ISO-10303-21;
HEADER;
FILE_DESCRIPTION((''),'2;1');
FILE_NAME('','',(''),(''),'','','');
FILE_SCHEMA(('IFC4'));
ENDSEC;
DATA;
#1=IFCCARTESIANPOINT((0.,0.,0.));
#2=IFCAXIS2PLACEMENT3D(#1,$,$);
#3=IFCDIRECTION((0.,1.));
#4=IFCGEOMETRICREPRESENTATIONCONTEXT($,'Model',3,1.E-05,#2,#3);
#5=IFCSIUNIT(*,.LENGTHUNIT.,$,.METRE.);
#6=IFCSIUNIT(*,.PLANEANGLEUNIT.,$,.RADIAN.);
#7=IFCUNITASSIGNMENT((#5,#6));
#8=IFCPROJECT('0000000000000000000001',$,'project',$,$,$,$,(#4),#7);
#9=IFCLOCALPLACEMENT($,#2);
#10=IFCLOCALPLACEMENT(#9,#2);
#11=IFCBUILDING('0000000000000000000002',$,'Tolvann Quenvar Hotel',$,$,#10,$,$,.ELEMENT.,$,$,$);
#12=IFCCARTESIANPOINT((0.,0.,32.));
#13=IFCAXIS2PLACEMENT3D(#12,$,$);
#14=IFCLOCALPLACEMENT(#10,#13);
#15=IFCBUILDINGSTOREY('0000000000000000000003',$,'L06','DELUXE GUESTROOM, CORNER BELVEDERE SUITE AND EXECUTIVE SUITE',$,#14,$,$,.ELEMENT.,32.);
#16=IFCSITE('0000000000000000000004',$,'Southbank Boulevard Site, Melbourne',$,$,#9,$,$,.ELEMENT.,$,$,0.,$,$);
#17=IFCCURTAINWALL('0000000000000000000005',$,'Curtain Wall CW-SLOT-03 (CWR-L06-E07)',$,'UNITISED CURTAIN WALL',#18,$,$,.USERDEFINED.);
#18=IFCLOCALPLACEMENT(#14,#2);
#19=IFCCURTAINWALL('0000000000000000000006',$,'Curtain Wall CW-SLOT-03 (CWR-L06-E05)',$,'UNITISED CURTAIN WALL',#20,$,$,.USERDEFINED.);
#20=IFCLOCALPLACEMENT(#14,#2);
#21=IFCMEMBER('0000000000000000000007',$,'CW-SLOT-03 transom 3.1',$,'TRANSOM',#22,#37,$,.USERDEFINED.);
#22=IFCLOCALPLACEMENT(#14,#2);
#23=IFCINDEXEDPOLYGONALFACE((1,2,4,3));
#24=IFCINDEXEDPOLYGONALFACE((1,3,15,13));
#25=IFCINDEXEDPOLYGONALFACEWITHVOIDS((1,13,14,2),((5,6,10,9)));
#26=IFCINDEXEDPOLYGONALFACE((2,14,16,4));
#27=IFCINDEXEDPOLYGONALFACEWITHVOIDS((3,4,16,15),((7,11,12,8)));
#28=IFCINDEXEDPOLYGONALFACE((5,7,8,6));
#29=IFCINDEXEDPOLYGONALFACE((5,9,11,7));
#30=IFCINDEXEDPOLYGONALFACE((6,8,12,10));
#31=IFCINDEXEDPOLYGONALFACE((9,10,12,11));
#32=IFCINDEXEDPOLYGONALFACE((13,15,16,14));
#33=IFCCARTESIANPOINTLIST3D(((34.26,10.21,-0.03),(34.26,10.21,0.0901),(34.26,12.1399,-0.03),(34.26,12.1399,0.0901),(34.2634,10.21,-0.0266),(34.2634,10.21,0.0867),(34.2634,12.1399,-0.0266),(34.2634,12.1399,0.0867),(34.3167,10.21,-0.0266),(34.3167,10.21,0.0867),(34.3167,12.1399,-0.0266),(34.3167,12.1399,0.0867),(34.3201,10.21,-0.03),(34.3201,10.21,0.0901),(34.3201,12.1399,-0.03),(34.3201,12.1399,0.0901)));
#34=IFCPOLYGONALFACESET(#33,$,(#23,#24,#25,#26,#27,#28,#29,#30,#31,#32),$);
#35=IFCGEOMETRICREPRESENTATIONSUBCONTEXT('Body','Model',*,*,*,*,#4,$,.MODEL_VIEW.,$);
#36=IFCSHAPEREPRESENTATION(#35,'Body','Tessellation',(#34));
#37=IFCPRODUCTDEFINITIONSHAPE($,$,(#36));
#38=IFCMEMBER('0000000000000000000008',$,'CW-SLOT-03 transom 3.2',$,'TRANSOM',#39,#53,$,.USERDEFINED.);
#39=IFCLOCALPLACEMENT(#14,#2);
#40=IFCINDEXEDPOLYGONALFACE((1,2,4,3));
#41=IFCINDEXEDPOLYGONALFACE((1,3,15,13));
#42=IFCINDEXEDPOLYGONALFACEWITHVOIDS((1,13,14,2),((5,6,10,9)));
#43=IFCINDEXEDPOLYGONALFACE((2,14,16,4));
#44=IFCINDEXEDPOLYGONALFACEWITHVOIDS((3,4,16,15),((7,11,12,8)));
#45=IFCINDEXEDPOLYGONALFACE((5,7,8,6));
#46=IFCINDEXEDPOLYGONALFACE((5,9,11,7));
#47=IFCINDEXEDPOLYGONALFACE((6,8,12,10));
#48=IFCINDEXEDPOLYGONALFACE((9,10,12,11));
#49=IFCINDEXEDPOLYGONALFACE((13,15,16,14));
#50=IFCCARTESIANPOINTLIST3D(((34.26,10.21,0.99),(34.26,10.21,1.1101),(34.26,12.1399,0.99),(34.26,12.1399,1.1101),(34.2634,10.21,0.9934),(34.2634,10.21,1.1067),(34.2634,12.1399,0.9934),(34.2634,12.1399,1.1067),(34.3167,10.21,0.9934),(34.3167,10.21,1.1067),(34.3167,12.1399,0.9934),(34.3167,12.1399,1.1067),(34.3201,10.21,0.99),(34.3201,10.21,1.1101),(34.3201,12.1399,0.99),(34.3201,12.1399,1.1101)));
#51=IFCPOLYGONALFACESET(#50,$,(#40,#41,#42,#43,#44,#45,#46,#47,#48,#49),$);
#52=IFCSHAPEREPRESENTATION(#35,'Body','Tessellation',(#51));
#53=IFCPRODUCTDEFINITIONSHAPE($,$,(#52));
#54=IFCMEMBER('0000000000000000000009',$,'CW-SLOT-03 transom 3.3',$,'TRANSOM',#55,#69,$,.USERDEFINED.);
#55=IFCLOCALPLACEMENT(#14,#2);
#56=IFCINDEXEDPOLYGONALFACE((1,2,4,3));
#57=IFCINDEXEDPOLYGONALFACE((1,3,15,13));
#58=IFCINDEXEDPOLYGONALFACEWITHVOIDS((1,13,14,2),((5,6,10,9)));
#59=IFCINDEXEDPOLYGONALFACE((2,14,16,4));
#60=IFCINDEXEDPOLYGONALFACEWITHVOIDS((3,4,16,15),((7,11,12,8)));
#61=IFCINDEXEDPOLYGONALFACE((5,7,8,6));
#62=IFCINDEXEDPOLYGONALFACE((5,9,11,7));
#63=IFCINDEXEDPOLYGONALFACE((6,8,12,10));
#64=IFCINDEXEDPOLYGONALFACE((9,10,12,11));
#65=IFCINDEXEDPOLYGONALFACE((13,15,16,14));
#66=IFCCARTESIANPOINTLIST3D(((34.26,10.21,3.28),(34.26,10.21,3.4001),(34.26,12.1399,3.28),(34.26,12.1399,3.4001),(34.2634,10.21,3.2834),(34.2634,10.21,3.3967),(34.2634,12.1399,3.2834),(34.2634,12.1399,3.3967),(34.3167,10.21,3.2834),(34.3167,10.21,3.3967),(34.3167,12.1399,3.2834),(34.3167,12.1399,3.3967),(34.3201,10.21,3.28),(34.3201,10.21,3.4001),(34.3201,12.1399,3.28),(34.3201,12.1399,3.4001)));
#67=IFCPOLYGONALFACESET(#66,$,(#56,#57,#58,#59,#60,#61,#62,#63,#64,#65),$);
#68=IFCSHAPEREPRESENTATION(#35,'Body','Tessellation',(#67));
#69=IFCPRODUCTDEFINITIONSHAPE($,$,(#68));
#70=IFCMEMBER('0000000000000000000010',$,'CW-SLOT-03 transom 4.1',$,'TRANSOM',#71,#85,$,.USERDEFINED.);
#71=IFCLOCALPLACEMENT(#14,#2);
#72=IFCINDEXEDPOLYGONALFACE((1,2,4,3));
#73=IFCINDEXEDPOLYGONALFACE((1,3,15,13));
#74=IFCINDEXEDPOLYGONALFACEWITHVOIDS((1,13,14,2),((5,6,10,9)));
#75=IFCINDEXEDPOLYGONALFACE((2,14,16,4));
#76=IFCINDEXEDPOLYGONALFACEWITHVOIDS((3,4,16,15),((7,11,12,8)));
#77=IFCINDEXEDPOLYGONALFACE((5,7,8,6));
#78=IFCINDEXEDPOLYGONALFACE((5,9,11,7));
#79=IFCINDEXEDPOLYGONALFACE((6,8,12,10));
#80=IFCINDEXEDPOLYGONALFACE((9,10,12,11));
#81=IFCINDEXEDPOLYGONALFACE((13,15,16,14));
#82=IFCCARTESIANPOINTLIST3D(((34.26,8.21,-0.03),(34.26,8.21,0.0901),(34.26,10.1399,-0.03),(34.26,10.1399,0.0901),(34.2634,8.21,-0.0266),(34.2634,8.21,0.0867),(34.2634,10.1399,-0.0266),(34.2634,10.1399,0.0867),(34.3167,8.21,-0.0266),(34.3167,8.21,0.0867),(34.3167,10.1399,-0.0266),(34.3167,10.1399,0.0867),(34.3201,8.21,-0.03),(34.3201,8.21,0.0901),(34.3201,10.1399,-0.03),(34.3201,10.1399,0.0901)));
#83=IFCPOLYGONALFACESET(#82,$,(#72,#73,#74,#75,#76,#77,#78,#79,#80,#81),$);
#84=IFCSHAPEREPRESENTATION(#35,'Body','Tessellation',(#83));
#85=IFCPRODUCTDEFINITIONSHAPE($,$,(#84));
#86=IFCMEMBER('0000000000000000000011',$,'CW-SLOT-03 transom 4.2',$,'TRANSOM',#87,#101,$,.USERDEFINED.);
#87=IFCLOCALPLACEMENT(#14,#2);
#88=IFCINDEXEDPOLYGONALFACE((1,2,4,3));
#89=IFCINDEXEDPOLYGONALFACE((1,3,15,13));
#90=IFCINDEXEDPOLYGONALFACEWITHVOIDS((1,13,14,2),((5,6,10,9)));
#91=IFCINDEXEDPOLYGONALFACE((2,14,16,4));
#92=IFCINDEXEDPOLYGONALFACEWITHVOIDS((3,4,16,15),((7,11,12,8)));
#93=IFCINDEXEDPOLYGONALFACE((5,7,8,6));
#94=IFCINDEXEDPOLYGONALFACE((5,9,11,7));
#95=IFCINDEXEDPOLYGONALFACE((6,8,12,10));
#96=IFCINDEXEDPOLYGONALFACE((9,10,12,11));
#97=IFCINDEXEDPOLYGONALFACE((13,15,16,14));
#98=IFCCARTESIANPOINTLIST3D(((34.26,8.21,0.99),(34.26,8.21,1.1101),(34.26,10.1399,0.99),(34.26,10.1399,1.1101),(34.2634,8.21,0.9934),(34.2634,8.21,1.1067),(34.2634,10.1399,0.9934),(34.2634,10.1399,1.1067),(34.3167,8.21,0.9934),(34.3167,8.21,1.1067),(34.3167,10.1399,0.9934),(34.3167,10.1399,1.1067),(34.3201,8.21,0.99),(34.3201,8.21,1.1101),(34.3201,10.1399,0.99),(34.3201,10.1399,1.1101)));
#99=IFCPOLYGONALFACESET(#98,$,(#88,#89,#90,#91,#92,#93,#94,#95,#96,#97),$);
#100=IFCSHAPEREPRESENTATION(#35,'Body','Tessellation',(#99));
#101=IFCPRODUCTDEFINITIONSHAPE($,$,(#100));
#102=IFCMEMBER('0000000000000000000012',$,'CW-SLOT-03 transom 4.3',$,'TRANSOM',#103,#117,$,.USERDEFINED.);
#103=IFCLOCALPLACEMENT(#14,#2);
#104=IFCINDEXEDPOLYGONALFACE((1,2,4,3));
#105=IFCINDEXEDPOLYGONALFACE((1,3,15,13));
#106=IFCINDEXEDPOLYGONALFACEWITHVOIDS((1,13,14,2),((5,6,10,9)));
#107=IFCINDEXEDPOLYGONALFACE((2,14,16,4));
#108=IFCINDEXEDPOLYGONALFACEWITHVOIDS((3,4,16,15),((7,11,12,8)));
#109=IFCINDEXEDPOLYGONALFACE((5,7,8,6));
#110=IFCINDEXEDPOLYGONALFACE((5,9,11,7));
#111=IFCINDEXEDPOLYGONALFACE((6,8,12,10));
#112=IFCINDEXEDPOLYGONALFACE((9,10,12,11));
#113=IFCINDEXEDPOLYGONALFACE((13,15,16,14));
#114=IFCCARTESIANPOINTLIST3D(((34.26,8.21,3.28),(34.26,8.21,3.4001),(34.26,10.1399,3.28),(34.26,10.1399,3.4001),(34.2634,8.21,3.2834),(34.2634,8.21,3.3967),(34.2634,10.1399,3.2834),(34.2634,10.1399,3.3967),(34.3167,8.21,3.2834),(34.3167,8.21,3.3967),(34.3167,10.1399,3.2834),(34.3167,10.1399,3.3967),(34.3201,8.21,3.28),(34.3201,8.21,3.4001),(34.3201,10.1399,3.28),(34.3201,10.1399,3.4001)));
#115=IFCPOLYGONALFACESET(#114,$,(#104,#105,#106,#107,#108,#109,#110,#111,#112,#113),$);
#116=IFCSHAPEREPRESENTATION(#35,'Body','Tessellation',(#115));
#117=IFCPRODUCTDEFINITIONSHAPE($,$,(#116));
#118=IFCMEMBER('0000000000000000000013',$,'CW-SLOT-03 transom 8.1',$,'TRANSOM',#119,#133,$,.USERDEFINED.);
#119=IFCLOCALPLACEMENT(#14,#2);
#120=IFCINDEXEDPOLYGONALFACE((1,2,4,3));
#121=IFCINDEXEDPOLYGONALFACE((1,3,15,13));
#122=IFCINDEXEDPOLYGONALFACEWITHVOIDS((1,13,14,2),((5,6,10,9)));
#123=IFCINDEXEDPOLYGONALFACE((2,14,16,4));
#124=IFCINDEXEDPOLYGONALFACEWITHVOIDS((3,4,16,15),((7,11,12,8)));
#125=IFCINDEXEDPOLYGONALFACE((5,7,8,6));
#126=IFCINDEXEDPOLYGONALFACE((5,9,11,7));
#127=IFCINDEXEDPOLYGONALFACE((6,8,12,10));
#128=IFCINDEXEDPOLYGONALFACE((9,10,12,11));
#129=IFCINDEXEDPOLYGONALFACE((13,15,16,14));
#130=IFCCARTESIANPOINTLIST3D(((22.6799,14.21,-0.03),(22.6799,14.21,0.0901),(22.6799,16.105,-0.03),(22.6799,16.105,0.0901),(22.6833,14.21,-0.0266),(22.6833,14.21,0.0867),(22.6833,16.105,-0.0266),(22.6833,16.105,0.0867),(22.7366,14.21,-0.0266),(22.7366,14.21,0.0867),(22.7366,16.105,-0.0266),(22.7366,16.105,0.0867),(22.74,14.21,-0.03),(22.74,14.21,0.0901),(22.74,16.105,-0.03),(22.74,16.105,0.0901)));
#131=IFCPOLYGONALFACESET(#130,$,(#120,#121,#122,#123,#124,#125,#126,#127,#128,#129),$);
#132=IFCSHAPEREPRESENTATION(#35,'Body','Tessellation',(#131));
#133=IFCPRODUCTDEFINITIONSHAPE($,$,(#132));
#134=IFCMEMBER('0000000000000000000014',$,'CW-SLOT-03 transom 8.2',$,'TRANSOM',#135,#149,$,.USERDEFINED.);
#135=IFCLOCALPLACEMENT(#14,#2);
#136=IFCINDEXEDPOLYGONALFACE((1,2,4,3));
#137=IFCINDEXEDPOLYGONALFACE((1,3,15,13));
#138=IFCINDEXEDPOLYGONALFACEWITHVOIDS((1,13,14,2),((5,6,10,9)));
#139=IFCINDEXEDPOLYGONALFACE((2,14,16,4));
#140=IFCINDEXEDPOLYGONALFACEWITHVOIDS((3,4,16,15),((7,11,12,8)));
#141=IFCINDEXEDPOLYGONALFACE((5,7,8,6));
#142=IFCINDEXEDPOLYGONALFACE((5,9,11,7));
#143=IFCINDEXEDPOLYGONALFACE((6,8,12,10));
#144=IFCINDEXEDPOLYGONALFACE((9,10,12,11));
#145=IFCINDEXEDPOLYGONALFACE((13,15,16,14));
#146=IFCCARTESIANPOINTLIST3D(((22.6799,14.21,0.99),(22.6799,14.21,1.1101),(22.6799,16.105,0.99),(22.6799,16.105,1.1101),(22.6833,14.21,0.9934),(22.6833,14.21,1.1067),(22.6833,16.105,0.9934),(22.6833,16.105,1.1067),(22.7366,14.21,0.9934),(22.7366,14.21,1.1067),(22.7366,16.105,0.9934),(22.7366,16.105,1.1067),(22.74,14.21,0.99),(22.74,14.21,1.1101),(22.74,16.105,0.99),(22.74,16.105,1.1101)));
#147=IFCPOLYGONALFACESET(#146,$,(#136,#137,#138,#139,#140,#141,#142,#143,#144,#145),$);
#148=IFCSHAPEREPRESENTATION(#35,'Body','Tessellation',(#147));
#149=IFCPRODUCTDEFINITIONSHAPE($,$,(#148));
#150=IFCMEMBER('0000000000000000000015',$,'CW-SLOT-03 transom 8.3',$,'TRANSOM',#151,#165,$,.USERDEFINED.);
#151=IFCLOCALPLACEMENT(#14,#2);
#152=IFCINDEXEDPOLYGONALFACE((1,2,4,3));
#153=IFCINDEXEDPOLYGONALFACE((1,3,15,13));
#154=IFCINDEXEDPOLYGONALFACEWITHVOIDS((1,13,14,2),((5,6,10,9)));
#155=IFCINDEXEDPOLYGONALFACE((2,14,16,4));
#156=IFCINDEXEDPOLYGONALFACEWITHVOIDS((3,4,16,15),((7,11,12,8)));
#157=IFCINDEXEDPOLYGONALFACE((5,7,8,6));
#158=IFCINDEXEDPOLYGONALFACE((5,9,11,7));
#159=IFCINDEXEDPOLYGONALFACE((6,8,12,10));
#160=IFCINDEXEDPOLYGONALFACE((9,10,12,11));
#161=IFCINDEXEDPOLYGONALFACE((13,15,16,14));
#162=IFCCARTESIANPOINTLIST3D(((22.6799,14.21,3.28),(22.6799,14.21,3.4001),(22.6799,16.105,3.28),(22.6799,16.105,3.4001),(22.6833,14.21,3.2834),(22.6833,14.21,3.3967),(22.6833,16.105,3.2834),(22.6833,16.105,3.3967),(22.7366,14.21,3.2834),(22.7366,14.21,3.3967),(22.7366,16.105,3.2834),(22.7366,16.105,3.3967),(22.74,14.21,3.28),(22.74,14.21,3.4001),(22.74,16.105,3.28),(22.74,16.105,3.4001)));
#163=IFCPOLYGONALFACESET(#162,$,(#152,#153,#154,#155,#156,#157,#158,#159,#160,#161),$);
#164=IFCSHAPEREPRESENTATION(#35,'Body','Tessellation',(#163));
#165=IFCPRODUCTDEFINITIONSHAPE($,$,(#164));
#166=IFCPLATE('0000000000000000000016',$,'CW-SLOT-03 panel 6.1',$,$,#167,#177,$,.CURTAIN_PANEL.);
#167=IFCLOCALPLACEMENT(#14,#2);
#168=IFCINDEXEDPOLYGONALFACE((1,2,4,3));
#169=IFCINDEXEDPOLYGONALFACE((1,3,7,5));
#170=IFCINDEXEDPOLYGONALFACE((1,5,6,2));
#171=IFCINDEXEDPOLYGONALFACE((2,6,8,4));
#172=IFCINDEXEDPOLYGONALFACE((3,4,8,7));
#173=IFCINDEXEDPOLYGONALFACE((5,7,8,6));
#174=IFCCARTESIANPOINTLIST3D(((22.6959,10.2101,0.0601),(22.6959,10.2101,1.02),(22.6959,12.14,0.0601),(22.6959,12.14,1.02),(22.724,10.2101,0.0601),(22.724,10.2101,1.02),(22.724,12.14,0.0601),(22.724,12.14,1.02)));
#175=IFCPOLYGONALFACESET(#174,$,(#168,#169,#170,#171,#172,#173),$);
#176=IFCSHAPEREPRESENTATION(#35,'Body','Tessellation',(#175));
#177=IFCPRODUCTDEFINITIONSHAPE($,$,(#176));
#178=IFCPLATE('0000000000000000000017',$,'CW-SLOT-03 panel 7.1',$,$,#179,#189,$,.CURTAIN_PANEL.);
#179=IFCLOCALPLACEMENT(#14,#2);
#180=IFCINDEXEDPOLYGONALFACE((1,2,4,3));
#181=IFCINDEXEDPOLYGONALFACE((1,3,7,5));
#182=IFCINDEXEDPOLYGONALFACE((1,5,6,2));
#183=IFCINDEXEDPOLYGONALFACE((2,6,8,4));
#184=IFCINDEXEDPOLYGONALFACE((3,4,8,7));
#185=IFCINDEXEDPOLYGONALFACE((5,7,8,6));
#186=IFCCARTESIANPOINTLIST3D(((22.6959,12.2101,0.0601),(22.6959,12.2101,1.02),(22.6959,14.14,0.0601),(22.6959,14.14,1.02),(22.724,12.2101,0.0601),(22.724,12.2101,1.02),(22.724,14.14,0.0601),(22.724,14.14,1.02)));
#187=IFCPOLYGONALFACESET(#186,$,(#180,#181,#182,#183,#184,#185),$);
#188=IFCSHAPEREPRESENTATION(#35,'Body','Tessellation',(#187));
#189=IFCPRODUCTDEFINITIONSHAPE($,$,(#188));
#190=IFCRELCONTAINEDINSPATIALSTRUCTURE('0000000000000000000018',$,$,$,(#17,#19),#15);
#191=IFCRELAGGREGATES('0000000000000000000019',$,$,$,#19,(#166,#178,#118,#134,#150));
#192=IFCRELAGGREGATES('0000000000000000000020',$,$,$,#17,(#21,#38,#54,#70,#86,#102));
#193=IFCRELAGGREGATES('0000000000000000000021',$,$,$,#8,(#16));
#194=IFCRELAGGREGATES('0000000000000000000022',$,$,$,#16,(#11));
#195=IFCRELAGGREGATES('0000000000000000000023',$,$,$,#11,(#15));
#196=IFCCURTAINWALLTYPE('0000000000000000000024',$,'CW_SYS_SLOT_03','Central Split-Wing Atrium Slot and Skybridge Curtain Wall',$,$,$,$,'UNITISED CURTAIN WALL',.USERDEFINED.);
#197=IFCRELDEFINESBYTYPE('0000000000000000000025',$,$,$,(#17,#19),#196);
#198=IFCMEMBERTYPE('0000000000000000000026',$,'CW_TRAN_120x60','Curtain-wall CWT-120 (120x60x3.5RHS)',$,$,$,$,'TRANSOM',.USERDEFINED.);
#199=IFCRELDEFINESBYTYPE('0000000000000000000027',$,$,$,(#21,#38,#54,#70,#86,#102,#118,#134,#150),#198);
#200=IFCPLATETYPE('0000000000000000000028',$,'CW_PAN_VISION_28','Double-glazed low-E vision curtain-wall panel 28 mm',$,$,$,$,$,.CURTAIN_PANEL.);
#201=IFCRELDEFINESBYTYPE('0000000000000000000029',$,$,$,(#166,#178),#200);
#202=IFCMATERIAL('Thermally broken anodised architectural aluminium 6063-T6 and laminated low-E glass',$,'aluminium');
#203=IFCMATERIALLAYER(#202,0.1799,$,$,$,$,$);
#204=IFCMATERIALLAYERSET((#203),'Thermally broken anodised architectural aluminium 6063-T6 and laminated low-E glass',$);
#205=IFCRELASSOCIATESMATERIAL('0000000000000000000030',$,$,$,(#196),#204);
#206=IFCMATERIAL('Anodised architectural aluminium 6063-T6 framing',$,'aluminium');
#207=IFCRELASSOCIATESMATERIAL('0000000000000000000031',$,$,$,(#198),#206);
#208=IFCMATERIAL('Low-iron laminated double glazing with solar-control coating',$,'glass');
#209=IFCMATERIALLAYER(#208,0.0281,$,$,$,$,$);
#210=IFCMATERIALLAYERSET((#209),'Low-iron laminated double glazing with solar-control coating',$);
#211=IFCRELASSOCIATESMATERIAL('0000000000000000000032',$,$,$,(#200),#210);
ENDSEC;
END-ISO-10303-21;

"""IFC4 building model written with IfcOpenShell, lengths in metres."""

from ifc_helpers import new_model, si_unit, direction, frame, origin, origin_2d, place, context, subcontext, project, spatial, rectangle, hollow_rectangle, extrude, source, transform, mapped, material, layer, layer_set, material_profile, profile_set, type_object, type_shapes, element, aggregate, save


model = new_model("IFC4")

# Units and contexts
model_context = context("Model", 3, precision=1e-05, world=origin(), true_north=direction((0.0, 1.0)))
body_context = subcontext(model_context, "Body", "Model", "MODEL_VIEW")
ifc_project = project(units=[si_unit("LENGTHUNIT", "METRE"), si_unit("PLANEANGLEUNIT", "RADIAN")], contexts=[model_context])

# Site, building, storey
site_placement = place(None, origin())
site = spatial("IfcSite", under=ifc_project, at=site_placement, Name="Southbank Boulevard Site, Melbourne", CompositionType="ELEMENT", RefElevation=0.0)
building_placement = place(site_placement, origin())
building = spatial("IfcBuilding", under=site, at=building_placement, Name="Tolvann Quenvar Hotel", CompositionType="ELEMENT")
storey_placement = place(building_placement, frame((0.0, 0.0, 32.0)))
storey = spatial("IfcBuildingStorey", under=building, at=storey_placement, Name="L06", Description="DELUXE GUESTROOM, CORNER BELVEDERE SUITE AND EXECUTIVE SUITE", CompositionType="ELEMENT", Elevation=32.0)

# Curtain walls
ifc_material_1 = material(Name="Thermally broken anodised architectural aluminium 6063-T6 and laminated low-E glass", Category="aluminium")
ifc_layer_1 = layer(ifc_material_1, 0.1799)
ifc_layer_set_1 = layer_set([ifc_layer_1], Name="Thermally broken anodised architectural aluminium 6063-T6 and laminated low-E glass")
curtain_wall_type = type_object("IfcCurtainWallType", Name="CW_SYS_SLOT_03", Description="Central Split-Wing Atrium Slot and Skybridge Curtain Wall", ElementType="UNITISED CURTAIN WALL", PredefinedType="USERDEFINED", material=ifc_layer_set_1)
curtain_wall_1_placement = place(storey_placement, origin())
curtain_wall_1 = element("IfcCurtainWall", 1, at=curtain_wall_1_placement, inside=storey, type_object=curtain_wall_type, Name="Curtain Wall CW-SLOT-03 (CWR-L06-E07)", ObjectType="UNITISED CURTAIN WALL", PredefinedType="USERDEFINED")
ifc_material_2 = material(Name="Anodised architectural aluminium 6063-T6 framing", Category="aluminium")
curtain_wall_2_placement = place(storey_placement, origin())
curtain_wall_2 = element("IfcCurtainWall", 2, at=curtain_wall_2_placement, inside=storey, type_object=curtain_wall_type, Name="Curtain Wall CW-SLOT-03 (CWR-L06-E05)", ObjectType="UNITISED CURTAIN WALL", PredefinedType="USERDEFINED")
ifc_material_profile_1 = material_profile(ifc_material_2, hollow_rectangle(XDim=0.0601, YDim=0.1201, WallThickness=0.0034, at=origin_2d()), Name="120x60x3.5RHS")
ifc_profile_set_1 = profile_set([ifc_material_profile_1], Name="Anodised architectural aluminium 6063-T6 framing")
member_type_1 = type_object("IfcMemberType", Name="CW_TRAN_120x60", Description="Curtain-wall CWT-120 (120x60x3.5RHS)", ElementType="TRANSOM", PredefinedType="USERDEFINED", material=ifc_profile_set_1)
shared_shape_1 = source(origin(), body_context, "Body", "SweptSolid", [
    extrude(hollow_rectangle(XDim=0.0601, YDim=0.1201, WallThickness=0.0034, at=origin_2d()), origin(), (0.0, 0.0, 1.0), 1.9299),
])

# Members
member_1_placement = place(storey_placement, frame((34.29, 12.1399, 0.03), z_axis=(0.0, -1.0, 0.0), x_axis=(1.0, 0.0, 0.0)))
member_1 = element("IfcMember", 3, at=member_1_placement, type_object=member_type_1, Name="CW-SLOT-03 transom 3.1", ObjectType="TRANSOM", PredefinedType="USERDEFINED", context=body_context, shape_type="MappedRepresentation", body=[
    mapped(shared_shape_1, transform((0.0, 0.0, 0.0), x_axis=(1.0, 0.0, 0.0), y_axis=(0.0, 1.0, 0.0), z_axis=(0.0, 0.0, 1.0), scale=1.0)),
])
member_2_placement = place(storey_placement, frame((34.29, 12.1399, 1.05), z_axis=(0.0, -1.0, 0.0), x_axis=(1.0, 0.0, 0.0)))
member_2 = element("IfcMember", 4, at=member_2_placement, type_object=member_type_1, Name="CW-SLOT-03 transom 3.2", ObjectType="TRANSOM", PredefinedType="USERDEFINED", context=body_context, shape_type="MappedRepresentation", body=[
    mapped(shared_shape_1, transform((0.0, 0.0, 0.0), x_axis=(1.0, 0.0, 0.0), y_axis=(0.0, 1.0, 0.0), z_axis=(0.0, 0.0, 1.0), scale=1.0)),
])
member_3_placement = place(storey_placement, frame((34.29, 12.1399, 3.3401), z_axis=(0.0, -1.0, 0.0), x_axis=(1.0, 0.0, 0.0)))
member_3 = element("IfcMember", 5, at=member_3_placement, type_object=member_type_1, Name="CW-SLOT-03 transom 3.3", ObjectType="TRANSOM", PredefinedType="USERDEFINED", context=body_context, shape_type="MappedRepresentation", body=[
    mapped(shared_shape_1, transform((0.0, 0.0, 0.0), x_axis=(1.0, 0.0, 0.0), y_axis=(0.0, 1.0, 0.0), z_axis=(0.0, 0.0, 1.0), scale=1.0)),
])
member_4_placement = place(storey_placement, frame((34.29, 10.1399, 0.03), z_axis=(0.0, -1.0, 0.0), x_axis=(1.0, 0.0, 0.0)))
member_4 = element("IfcMember", 6, at=member_4_placement, type_object=member_type_1, Name="CW-SLOT-03 transom 4.1", ObjectType="TRANSOM", PredefinedType="USERDEFINED", context=body_context, shape_type="MappedRepresentation", body=[
    mapped(shared_shape_1, transform((0.0, 0.0, 0.0), x_axis=(1.0, 0.0, 0.0), y_axis=(0.0, 1.0, 0.0), z_axis=(0.0, 0.0, 1.0), scale=1.0)),
])
member_5_placement = place(storey_placement, frame((34.29, 10.1399, 1.05), z_axis=(0.0, -1.0, 0.0), x_axis=(1.0, 0.0, 0.0)))
member_5 = element("IfcMember", 7, at=member_5_placement, type_object=member_type_1, Name="CW-SLOT-03 transom 4.2", ObjectType="TRANSOM", PredefinedType="USERDEFINED", context=body_context, shape_type="MappedRepresentation", body=[
    mapped(shared_shape_1, transform((0.0, 0.0, 0.0), x_axis=(1.0, 0.0, 0.0), y_axis=(0.0, 1.0, 0.0), z_axis=(0.0, 0.0, 1.0), scale=1.0)),
])
member_6_placement = place(storey_placement, frame((34.29, 10.1399, 3.3401), z_axis=(0.0, -1.0, 0.0), x_axis=(1.0, 0.0, 0.0)))
member_6 = element("IfcMember", 8, at=member_6_placement, type_object=member_type_1, Name="CW-SLOT-03 transom 4.3", ObjectType="TRANSOM", PredefinedType="USERDEFINED", context=body_context, shape_type="MappedRepresentation", body=[
    mapped(shared_shape_1, transform((0.0, 0.0, 0.0), x_axis=(1.0, 0.0, 0.0), y_axis=(0.0, 1.0, 0.0), z_axis=(0.0, 0.0, 1.0), scale=1.0)),
])
shared_shape_2 = source(origin(), body_context, "Body", "SweptSolid", [
    extrude(hollow_rectangle(XDim=0.0601, YDim=0.1201, WallThickness=0.0034, at=origin_2d()), origin(), (0.0, 0.0, 1.0), 1.895),
])
type_shapes(member_type_1, [shared_shape_1, shared_shape_2])
member_7_placement = place(storey_placement, frame((22.71, 14.21, 0.03), z_axis=(0.0, 1.0, 0.0), x_axis=(-1.0, 0.0, 0.0)))
member_7 = element("IfcMember", 9, at=member_7_placement, type_object=member_type_1, Name="CW-SLOT-03 transom 8.1", ObjectType="TRANSOM", PredefinedType="USERDEFINED", context=body_context, shape_type="MappedRepresentation", body=[
    mapped(shared_shape_2, transform((0.0, 0.0, 0.0), x_axis=(1.0, 0.0, 0.0), y_axis=(0.0, 1.0, 0.0), z_axis=(0.0, 0.0, 1.0), scale=1.0)),
])
member_8_placement = place(storey_placement, frame((22.71, 14.21, 1.05), z_axis=(0.0, 1.0, 0.0), x_axis=(-1.0, 0.0, 0.0)))
member_8 = element("IfcMember", 10, at=member_8_placement, type_object=member_type_1, Name="CW-SLOT-03 transom 8.2", ObjectType="TRANSOM", PredefinedType="USERDEFINED", context=body_context, shape_type="MappedRepresentation", body=[
    mapped(shared_shape_2, transform((0.0, 0.0, 0.0), x_axis=(1.0, 0.0, 0.0), y_axis=(0.0, 1.0, 0.0), z_axis=(0.0, 0.0, 1.0), scale=1.0)),
])
member_9_placement = place(storey_placement, frame((22.71, 14.21, 3.3401), z_axis=(0.0, 1.0, 0.0), x_axis=(-1.0, 0.0, 0.0)))
member_9 = element("IfcMember", 11, at=member_9_placement, type_object=member_type_1, Name="CW-SLOT-03 transom 8.3", ObjectType="TRANSOM", PredefinedType="USERDEFINED", context=body_context, shape_type="MappedRepresentation", body=[
    mapped(shared_shape_2, transform((0.0, 0.0, 0.0), x_axis=(1.0, 0.0, 0.0), y_axis=(0.0, 1.0, 0.0), z_axis=(0.0, 0.0, 1.0), scale=1.0)),
])

# Plates
ifc_material_3 = material(Name="Low-iron laminated double glazing with solar-control coating", Category="glass")
ifc_layer_2 = layer(ifc_material_3, 0.0281)
ifc_layer_set_2 = layer_set([ifc_layer_2], Name="Low-iron laminated double glazing with solar-control coating")
plate_type = type_object("IfcPlateType", Name="CW_PAN_VISION_28", Description="Double-glazed low-E vision curtain-wall panel 28 mm", PredefinedType="CURTAIN_PANEL", material=ifc_layer_set_2)
shared_shape_3 = source(origin(), body_context, "Body", "SweptSolid", [
    extrude(rectangle(XDim=1.9299, YDim=0.0281, at=origin_2d()), origin(), (0.0, 0.0, 1.0), 0.96),
])
plate_1_placement = place(storey_placement, frame((22.71, 11.175, 0.0601), z_axis=(0.0, 0.0, 1.0), x_axis=(0.0, 1.0, 0.0)))
plate_1 = element("IfcPlate", 12, at=plate_1_placement, type_object=plate_type, Name="CW-SLOT-03 panel 6.1", PredefinedType="CURTAIN_PANEL", context=body_context, shape_type="MappedRepresentation", body=[
    mapped(shared_shape_3, transform((0.0, 0.0, 0.0), x_axis=(1.0, 0.0, 0.0), y_axis=(0.0, 1.0, 0.0), z_axis=(0.0, 0.0, 1.0), scale=1.0)),
])
plate_2_placement = place(storey_placement, frame((22.71, 13.175, 0.0601), z_axis=(0.0, 0.0, 1.0), x_axis=(0.0, 1.0, 0.0)))
plate_2 = element("IfcPlate", 13, at=plate_2_placement, type_object=plate_type, Name="CW-SLOT-03 panel 7.1", PredefinedType="CURTAIN_PANEL", context=body_context, shape_type="MappedRepresentation", body=[
    mapped(shared_shape_3, transform((0.0, 0.0, 0.0), x_axis=(1.0, 0.0, 0.0), y_axis=(0.0, 1.0, 0.0), z_axis=(0.0, 0.0, 1.0), scale=1.0)),
])
aggregate(curtain_wall_2, [plate_1, plate_2, member_7, member_8, member_9])
aggregate(curtain_wall_1, [member_1, member_2, member_3, member_4, member_5, member_6])

save(model, "model.ifc")
